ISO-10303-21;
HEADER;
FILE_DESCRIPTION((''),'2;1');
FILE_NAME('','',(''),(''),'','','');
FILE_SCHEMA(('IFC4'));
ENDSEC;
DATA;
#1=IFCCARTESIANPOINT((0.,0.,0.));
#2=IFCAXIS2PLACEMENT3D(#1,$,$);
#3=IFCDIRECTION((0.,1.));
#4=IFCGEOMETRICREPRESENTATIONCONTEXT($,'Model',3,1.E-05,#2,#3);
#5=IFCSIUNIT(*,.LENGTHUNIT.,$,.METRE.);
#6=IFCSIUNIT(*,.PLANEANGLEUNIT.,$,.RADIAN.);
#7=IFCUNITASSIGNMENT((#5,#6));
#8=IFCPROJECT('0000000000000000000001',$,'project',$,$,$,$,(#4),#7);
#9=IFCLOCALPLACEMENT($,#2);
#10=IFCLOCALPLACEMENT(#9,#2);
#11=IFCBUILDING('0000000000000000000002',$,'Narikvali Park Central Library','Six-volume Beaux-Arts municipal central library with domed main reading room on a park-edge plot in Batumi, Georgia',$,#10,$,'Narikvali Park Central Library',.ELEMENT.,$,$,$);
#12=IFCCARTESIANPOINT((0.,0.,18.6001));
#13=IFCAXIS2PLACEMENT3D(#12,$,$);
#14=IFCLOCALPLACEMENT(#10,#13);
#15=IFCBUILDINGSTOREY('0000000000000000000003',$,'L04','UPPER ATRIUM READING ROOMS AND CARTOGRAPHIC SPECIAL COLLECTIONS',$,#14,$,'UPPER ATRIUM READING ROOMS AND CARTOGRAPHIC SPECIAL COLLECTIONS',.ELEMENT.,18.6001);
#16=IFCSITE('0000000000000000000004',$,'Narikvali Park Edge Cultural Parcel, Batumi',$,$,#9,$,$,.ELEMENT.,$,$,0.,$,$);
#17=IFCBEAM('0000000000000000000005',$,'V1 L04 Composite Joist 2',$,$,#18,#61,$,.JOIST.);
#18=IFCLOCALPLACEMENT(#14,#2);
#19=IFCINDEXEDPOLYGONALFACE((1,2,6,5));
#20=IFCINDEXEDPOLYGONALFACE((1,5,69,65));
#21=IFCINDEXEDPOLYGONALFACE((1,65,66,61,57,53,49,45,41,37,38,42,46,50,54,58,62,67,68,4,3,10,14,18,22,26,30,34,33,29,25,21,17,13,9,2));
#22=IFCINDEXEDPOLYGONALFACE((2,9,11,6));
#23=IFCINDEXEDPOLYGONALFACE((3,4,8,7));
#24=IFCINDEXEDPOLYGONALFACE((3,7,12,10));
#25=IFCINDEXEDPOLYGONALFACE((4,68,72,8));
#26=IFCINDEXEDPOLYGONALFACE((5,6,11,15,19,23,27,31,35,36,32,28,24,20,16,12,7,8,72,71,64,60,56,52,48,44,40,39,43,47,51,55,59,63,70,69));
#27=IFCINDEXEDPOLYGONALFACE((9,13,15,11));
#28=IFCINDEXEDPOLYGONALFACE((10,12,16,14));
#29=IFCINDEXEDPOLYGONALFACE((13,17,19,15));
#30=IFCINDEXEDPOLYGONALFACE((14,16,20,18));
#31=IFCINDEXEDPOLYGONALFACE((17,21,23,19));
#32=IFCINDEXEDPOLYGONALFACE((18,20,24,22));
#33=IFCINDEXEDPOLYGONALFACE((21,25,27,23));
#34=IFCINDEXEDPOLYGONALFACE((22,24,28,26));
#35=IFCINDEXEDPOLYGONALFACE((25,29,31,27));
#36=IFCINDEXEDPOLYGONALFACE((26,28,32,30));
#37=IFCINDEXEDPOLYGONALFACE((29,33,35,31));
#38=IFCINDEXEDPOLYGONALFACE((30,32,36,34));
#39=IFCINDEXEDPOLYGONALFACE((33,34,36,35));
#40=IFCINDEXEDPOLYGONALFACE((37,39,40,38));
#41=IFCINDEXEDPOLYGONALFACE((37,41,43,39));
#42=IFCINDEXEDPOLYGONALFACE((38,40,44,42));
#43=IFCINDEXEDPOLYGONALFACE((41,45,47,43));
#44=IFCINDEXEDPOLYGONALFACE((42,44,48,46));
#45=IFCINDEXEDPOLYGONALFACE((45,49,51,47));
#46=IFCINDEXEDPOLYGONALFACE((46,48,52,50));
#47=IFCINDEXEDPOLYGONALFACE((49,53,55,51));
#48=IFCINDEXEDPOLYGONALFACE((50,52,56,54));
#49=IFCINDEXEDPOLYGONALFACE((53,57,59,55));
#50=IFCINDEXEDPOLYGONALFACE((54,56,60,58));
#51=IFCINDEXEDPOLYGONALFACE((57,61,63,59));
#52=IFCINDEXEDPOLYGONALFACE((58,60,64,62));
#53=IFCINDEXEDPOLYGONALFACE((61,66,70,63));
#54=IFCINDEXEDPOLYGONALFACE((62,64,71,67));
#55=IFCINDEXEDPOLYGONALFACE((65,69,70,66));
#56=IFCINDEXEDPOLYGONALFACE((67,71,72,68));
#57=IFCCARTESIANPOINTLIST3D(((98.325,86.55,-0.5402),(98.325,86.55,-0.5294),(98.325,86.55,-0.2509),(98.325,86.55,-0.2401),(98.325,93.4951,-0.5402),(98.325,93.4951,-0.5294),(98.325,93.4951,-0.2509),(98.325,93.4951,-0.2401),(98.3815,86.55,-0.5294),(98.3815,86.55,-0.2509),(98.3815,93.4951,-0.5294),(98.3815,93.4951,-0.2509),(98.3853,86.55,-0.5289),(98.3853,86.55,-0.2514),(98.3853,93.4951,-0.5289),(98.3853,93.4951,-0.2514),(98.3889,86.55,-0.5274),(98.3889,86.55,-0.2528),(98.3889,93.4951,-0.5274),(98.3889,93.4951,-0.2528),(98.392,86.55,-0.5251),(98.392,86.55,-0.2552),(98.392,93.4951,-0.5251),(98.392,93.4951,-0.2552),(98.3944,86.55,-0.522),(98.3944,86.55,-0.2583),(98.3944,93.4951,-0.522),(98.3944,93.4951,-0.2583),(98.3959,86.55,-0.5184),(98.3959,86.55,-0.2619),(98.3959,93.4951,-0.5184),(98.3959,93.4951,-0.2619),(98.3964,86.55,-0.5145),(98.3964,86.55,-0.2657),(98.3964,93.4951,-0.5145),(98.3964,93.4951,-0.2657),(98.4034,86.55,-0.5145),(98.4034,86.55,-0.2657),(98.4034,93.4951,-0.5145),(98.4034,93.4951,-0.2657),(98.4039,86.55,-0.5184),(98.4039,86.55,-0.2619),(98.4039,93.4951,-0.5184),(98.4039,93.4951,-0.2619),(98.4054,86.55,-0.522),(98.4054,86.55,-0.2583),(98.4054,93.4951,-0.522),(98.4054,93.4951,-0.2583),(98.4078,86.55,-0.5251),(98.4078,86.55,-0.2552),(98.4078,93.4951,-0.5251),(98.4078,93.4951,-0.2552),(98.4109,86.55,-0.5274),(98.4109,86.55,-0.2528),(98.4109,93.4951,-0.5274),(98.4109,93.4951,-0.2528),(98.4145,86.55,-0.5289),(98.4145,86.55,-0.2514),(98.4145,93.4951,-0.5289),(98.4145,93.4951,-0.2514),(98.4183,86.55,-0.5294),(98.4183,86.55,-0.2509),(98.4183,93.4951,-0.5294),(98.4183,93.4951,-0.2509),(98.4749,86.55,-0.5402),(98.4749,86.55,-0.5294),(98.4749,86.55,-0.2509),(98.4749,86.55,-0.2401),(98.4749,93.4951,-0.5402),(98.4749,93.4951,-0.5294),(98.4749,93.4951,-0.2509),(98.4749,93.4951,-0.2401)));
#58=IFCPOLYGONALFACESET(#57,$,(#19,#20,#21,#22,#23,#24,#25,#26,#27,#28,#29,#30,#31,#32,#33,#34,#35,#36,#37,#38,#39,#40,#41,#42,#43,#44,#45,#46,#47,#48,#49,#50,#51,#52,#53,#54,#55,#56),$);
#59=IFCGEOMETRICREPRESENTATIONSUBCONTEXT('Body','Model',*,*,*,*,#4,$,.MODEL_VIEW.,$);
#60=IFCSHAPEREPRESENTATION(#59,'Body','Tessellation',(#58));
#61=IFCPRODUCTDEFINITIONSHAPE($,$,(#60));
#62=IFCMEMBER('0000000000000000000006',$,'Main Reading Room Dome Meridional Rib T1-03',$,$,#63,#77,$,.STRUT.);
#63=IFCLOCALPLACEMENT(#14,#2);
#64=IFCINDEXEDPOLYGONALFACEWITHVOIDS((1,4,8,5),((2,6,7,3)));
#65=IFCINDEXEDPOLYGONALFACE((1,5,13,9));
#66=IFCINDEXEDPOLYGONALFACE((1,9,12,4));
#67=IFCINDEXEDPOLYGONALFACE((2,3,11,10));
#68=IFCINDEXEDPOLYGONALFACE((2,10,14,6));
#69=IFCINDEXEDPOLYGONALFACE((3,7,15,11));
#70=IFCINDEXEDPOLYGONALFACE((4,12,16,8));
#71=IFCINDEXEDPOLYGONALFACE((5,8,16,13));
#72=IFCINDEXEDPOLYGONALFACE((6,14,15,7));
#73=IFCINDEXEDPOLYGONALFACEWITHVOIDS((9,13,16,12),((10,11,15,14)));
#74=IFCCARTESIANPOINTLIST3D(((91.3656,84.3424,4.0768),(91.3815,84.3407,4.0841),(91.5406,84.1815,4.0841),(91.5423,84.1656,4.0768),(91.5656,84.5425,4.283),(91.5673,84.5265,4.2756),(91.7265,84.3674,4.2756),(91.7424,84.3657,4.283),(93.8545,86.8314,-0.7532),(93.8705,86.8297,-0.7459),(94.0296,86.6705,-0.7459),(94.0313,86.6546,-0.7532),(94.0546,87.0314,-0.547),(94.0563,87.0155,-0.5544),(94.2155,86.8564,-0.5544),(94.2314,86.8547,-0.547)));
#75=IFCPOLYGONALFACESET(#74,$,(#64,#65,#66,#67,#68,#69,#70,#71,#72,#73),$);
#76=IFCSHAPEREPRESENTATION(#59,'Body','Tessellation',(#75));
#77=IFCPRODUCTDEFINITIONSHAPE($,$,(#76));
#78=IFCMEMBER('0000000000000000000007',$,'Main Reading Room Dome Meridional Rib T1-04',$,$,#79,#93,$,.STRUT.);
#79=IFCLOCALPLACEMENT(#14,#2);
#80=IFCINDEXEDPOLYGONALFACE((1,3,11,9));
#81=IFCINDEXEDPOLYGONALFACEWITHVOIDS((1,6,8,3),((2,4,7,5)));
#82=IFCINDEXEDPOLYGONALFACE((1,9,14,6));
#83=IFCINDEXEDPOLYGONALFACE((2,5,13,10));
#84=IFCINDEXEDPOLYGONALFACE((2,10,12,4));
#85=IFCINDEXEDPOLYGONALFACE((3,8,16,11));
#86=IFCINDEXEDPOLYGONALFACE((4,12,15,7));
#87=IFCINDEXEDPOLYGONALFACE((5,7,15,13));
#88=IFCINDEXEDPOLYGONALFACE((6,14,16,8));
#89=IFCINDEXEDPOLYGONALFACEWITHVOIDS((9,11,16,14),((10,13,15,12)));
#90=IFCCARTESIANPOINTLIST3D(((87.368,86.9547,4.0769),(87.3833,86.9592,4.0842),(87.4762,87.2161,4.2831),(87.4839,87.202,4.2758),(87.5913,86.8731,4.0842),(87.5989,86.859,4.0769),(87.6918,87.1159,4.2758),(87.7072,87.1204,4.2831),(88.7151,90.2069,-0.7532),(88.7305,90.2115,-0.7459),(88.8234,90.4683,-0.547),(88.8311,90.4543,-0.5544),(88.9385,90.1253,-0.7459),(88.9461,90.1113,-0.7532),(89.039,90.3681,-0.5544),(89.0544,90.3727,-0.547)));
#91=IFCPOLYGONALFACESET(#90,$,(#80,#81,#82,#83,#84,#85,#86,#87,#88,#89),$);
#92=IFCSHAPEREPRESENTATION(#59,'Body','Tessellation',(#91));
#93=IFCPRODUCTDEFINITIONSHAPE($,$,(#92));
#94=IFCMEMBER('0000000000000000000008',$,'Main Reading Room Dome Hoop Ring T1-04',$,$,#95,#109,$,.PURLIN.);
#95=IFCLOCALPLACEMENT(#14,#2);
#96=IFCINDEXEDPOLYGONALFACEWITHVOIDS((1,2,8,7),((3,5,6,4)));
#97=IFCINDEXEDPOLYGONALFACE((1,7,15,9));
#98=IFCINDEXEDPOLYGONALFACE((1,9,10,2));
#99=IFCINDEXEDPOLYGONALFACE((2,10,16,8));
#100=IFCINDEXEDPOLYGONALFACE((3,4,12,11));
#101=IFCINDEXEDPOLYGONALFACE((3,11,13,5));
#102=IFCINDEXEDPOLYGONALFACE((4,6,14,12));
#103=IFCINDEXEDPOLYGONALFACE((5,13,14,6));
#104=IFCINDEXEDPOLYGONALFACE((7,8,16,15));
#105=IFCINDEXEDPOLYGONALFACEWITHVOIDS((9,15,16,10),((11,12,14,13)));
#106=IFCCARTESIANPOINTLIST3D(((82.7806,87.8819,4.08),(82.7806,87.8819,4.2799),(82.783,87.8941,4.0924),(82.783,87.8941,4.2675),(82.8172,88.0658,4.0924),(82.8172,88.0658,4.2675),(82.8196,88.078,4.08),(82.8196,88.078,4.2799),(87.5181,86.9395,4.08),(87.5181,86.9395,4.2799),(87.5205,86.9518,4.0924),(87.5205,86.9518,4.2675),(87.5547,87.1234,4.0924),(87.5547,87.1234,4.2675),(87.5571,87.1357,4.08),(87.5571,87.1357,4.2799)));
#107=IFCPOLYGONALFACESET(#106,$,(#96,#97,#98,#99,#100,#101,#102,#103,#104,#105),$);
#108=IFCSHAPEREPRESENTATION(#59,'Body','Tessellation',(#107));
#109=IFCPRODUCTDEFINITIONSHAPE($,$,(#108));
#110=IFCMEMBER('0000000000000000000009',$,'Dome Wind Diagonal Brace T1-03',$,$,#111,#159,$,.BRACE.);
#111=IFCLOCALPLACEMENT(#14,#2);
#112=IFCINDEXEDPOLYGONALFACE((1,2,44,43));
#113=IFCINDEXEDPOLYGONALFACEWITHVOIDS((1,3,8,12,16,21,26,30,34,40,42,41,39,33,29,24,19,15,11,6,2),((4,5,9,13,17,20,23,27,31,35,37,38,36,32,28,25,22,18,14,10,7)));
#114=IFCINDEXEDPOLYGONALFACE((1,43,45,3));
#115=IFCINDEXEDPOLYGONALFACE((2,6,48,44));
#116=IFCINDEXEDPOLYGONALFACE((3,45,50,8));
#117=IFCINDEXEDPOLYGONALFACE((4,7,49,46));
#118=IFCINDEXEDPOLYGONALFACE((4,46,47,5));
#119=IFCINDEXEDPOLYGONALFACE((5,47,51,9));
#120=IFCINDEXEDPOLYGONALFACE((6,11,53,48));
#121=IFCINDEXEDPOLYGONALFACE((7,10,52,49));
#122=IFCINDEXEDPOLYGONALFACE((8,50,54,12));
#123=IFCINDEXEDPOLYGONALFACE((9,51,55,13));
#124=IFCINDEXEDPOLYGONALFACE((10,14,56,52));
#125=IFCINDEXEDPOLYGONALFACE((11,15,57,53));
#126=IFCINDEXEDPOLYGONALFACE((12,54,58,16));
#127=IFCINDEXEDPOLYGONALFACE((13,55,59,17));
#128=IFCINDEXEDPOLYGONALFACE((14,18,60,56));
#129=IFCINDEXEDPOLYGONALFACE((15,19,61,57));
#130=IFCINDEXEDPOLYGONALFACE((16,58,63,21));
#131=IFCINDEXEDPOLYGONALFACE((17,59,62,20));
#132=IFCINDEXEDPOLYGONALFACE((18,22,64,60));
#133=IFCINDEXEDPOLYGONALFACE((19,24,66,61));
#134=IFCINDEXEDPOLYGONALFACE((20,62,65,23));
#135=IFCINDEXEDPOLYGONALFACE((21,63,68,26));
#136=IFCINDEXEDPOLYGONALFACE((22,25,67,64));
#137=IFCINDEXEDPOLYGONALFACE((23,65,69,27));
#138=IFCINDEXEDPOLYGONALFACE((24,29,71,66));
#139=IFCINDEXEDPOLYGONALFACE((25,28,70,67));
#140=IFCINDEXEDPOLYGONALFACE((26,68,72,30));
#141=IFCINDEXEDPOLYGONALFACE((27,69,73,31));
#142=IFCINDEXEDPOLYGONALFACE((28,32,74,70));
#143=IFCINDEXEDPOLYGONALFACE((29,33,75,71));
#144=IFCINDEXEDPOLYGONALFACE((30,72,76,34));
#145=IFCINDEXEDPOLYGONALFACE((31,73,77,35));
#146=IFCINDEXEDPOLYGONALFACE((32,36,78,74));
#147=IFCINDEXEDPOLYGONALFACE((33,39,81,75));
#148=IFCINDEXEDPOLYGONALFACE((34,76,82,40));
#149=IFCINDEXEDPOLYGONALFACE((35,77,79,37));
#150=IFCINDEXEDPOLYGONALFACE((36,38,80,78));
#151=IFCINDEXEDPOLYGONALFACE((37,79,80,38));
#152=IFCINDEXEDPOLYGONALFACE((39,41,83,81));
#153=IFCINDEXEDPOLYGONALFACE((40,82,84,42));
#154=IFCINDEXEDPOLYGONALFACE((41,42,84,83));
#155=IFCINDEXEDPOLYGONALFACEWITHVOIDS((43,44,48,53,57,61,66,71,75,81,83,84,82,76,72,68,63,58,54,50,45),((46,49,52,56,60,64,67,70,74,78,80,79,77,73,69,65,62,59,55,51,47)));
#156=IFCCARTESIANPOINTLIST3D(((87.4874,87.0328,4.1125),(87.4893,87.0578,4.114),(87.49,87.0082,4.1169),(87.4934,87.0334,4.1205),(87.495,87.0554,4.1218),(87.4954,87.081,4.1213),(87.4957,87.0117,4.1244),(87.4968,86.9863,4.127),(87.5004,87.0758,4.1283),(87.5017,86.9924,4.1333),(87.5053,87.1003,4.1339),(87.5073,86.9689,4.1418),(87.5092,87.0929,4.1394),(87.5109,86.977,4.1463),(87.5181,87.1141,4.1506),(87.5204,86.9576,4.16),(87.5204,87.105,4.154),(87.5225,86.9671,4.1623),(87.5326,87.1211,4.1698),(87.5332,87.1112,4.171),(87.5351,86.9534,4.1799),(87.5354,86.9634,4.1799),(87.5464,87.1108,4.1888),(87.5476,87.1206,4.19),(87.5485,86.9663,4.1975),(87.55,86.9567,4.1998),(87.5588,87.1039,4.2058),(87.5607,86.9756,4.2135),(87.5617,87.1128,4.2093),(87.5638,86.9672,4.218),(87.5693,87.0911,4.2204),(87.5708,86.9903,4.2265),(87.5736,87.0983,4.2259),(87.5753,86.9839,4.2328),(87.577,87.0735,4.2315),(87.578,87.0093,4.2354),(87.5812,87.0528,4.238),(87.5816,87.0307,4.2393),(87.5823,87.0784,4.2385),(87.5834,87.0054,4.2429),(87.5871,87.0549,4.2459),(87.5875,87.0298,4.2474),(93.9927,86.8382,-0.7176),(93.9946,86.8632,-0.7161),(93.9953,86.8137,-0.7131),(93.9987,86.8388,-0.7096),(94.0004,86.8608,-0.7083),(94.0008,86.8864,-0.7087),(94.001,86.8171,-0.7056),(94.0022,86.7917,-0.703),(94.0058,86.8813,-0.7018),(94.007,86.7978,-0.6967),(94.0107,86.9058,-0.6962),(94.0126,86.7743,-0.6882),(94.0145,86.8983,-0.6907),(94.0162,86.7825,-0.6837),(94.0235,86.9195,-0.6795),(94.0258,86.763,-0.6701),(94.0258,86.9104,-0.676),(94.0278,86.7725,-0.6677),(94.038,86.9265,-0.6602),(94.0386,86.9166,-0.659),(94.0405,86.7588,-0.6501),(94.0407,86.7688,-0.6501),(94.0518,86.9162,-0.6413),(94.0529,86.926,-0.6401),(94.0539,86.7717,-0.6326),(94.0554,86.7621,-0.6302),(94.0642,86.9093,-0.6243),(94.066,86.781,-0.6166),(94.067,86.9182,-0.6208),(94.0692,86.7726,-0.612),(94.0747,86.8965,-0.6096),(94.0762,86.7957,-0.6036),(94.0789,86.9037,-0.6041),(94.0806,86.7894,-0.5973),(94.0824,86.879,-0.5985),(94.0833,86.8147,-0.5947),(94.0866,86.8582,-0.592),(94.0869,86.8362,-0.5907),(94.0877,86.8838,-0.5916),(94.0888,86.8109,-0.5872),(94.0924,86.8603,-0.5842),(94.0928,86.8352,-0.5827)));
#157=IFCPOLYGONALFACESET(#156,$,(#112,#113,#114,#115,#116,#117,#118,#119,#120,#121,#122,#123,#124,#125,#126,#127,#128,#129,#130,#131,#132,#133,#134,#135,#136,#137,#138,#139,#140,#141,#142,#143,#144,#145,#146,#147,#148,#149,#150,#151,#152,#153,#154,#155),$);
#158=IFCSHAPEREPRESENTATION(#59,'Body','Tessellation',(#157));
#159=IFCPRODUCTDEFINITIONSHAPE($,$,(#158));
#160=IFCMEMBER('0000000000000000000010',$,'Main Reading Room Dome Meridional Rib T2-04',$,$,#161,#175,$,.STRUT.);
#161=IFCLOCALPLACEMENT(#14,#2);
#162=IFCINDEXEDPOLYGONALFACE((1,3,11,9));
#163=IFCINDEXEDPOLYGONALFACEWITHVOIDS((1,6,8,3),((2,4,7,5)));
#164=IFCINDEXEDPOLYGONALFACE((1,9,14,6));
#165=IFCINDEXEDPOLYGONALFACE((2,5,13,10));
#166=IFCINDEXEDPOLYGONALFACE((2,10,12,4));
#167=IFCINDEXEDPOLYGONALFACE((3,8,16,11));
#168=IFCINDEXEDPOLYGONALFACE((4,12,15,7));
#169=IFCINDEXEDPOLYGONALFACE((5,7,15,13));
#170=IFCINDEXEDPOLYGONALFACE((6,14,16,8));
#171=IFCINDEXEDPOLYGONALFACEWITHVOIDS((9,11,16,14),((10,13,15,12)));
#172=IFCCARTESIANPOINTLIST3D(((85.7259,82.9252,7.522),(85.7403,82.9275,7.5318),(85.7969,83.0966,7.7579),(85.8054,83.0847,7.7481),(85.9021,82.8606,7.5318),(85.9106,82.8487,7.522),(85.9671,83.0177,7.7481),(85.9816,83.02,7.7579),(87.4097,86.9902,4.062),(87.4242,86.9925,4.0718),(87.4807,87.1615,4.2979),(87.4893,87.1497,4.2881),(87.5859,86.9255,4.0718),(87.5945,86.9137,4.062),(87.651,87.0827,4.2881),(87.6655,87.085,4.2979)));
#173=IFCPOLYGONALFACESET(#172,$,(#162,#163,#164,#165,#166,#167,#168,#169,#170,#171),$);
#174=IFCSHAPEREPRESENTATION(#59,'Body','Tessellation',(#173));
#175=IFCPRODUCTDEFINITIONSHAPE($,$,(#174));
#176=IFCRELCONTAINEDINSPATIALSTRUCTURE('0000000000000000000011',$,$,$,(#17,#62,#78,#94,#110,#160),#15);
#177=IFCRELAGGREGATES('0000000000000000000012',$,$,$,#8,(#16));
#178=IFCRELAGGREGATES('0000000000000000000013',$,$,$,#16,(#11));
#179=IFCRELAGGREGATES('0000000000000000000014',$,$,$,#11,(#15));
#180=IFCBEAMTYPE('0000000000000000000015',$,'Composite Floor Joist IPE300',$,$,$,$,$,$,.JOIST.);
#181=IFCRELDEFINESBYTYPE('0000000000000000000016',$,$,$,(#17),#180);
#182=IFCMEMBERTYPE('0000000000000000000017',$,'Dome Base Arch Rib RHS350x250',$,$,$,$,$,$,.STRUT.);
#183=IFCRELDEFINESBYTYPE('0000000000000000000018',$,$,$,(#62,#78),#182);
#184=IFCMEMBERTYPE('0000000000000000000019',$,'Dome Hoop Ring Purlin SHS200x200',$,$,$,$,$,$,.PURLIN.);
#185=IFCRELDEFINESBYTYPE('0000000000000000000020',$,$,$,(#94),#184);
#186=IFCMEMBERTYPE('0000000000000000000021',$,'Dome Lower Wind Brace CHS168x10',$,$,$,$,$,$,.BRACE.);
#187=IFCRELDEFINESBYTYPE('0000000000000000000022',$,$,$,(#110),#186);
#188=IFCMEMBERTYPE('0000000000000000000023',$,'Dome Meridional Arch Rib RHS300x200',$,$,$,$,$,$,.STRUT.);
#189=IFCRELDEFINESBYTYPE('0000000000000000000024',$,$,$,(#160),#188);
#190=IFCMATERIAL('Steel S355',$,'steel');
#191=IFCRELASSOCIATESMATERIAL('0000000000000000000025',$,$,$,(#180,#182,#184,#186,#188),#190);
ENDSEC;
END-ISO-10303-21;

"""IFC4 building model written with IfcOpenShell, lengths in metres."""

from ifc_helpers import new_model, si_unit, direction, frame, origin, origin_2d, place, context, subcontext, project, spatial, hollow_rectangle, hollow_circle, i_section, extrude, material, material_profile, profile_set, type_object, element, save


model = new_model("IFC4")

# Units and contexts
model_context = context("Model", 3, precision=1e-05, world=origin(), true_north=direction((0.0, 1.0)))
body_context = subcontext(model_context, "Body", "Model", "MODEL_VIEW")
ifc_project = project(units=[si_unit("LENGTHUNIT", "METRE"), si_unit("PLANEANGLEUNIT", "RADIAN")], contexts=[model_context])

# Site, building, storey
site_placement = place(None, origin())
site = spatial("IfcSite", under=ifc_project, at=site_placement, Name="Narikvali Park Edge Cultural Parcel, Batumi", CompositionType="ELEMENT", RefElevation=0.0)
building_placement = place(site_placement, origin())
building = spatial("IfcBuilding", under=site, at=building_placement, Name="Narikvali Park Central Library", Description="Six-volume Beaux-Arts municipal central library with domed main reading room on a park-edge plot in Batumi, Georgia", LongName="Narikvali Park Central Library", CompositionType="ELEMENT")
storey_placement = place(building_placement, frame((0.0, 0.0, 18.6001)))
storey = spatial("IfcBuildingStorey", under=building, at=storey_placement, Name="L04", Description="UPPER ATRIUM READING ROOMS AND CARTOGRAPHIC SPECIAL COLLECTIONS", LongName="UPPER ATRIUM READING ROOMS AND CARTOGRAPHIC SPECIAL COLLECTIONS", CompositionType="ELEMENT", Elevation=18.6001)

# Beam
ifc_material_1 = material(Name="Steel S355", Category="steel")
ifc_material_profile_1 = material_profile(ifc_material_1, i_section(OverallWidth=0.1499, OverallDepth=0.3, WebThickness=0.0071, FlangeThickness=0.0107, FilletRadius=0.0149, at=origin_2d()), Name="IPE 300")
ifc_profile_set_1 = profile_set([ifc_material_profile_1], Name="Steel S355")
beam_type_1 = type_object("IfcBeamType", Name="Composite Floor Joist IPE300", PredefinedType="JOIST", material=ifc_profile_set_1)
for number, where, z_axis, x_axis, name in (
    (1, (98.3999, 86.55, -0.3901), (0.0, 1.0, 0.0), (-1.0, 0.0, 0.0), "V1 L04 Composite Joist 2"),
):
    element("IfcBeam", number, at=place(storey_placement, frame(where, z_axis=z_axis, x_axis=x_axis)), inside=storey, type_object=beam_type_1, Name=name, PredefinedType="JOIST", context=body_context, shape_type="SweptSolid", body=[
        extrude(i_section(OverallWidth=0.1499, OverallDepth=0.3, WebThickness=0.0071, FlangeThickness=0.0107, FilletRadius=0.0149, at=origin_2d()), origin(), (0.0, 0.0, 1.0), 6.9451),
    ])

# Members
ifc_material_profile_2 = material_profile(ifc_material_1, hollow_rectangle(XDim=0.25, YDim=0.3501, WallThickness=0.0125, at=origin_2d()), Name="RHS 350x250x12.5")
ifc_profile_set_2 = profile_set([ifc_material_profile_2], Name="Steel S355")
member_type_1 = type_object("IfcMemberType", Name="Dome Base Arch Rib RHS350x250", PredefinedType="STRUT", material=ifc_profile_set_2)
member_1_placement = place(storey_placement, frame((94.043, 86.843, -0.6501), z_axis=(-0.416458, -0.416458, 0.808162), x_axis=(0.707107, -0.707107, 0.0)))
element("IfcMember", 2, at=member_1_placement, inside=storey, type_object=member_type_1, Name="Main Reading Room Dome Meridional Rib T1-03", PredefinedType="STRUT", context=body_context, shape_type="SweptSolid", body=[
    extrude(hollow_rectangle(XDim=0.25, YDim=0.3501, WallThickness=0.0125, at=origin_2d()), origin(), (0.0, 0.0, 1.0), 5.9766),
])
member_2_placement = place(storey_placement, frame((88.8848, 90.2898, -0.6501), z_axis=(-0.225402, -0.544143, 0.808147), x_axis=(0.923873, -0.382699, 0.0)))
element("IfcMember", 3, at=member_2_placement, inside=storey, type_object=member_type_1, Name="Main Reading Room Dome Meridional Rib T1-04", PredefinedType="STRUT", context=body_context, shape_type="SweptSolid", body=[
    extrude(hollow_rectangle(XDim=0.25, YDim=0.3501, WallThickness=0.0125, at=origin_2d()), origin(), (0.0, 0.0, 1.0), 5.9768),
])
ifc_material_profile_3 = material_profile(ifc_material_1, hollow_rectangle(XDim=0.2, YDim=0.2, WallThickness=0.0125, at=origin_2d()), Name="SHS 200x200x12.5")
ifc_profile_set_3 = profile_set([ifc_material_profile_3], Name="Steel S355")
member_type_2 = type_object("IfcMemberType", Name="Dome Hoop Ring Purlin SHS200x200", PredefinedType="PURLIN", material=ifc_profile_set_3)
member_3_placement = place(storey_placement, frame((87.5376, 87.0376, 4.1799), z_axis=(-0.980784, 0.195095, 0.0), x_axis=(-0.195095, -0.980784, 0.0)))
element("IfcMember", 4, at=member_3_placement, inside=storey, type_object=member_type_2, Name="Main Reading Room Dome Hoop Ring T1-04", PredefinedType="PURLIN", context=body_context, shape_type="SweptSolid", body=[
    extrude(hollow_rectangle(XDim=0.2, YDim=0.2, WallThickness=0.0125, at=origin_2d()), origin(), (0.0, 0.0, 1.0), 4.8303),
])
ifc_material_profile_4 = material_profile(ifc_material_1, hollow_circle(Radius=0.0842, WallThickness=0.01, at=origin_2d()), Name="CHS 168.3x10")
ifc_profile_set_4 = profile_set([ifc_material_profile_4], Name="Steel S355")
member_type_3 = type_object("IfcMemberType", Name="Dome Lower Wind Brace CHS168x10", PredefinedType="BRACE", material=ifc_profile_set_4)
member_4_placement = place(storey_placement, frame((94.043, 86.843, -0.6501), z_axis=(-0.802659, 0.024008, 0.595955), x_axis=(-0.029897, -0.999553, 0.0)))
element("IfcMember", 5, at=member_4_placement, inside=storey, type_object=member_type_3, Name="Dome Wind Diagonal Brace T1-03", PredefinedType="BRACE", context=body_context, shape_type="SweptSolid", body=[
    extrude(hollow_circle(Radius=0.0842, WallThickness=0.01, at=origin_2d()), origin(), (0.0, 0.0, 1.0), 8.1047),
])
ifc_material_profile_5 = material_profile(ifc_material_1, hollow_rectangle(XDim=0.2, YDim=0.3, WallThickness=0.0125, at=origin_2d()), Name="RHS 300x200x12.5")
ifc_profile_set_5 = profile_set([ifc_material_profile_5], Name="Steel S355")
member_type_4 = type_object("IfcMemberType", Name="Dome Meridional Arch Rib RHS300x200", PredefinedType="STRUT", material=ifc_profile_set_5)
member_5_placement = place(storey_placement, frame((87.5376, 87.0376, 4.1799), z_axis=(-0.300827, -0.726225, 0.618142), x_axis=(0.923873, -0.3827, 0.0)))
element("IfcMember", 6, at=member_5_placement, inside=storey, type_object=member_type_4, Name="Main Reading Room Dome Meridional Rib T2-04", PredefinedType="STRUT", context=body_context, shape_type="SweptSolid", body=[
    extrude(hollow_rectangle(XDim=0.2, YDim=0.3, WallThickness=0.0125, at=origin_2d()), origin(), (0.0, 0.0, 1.0), 5.5974),
])

save(model, "model.ifc")
